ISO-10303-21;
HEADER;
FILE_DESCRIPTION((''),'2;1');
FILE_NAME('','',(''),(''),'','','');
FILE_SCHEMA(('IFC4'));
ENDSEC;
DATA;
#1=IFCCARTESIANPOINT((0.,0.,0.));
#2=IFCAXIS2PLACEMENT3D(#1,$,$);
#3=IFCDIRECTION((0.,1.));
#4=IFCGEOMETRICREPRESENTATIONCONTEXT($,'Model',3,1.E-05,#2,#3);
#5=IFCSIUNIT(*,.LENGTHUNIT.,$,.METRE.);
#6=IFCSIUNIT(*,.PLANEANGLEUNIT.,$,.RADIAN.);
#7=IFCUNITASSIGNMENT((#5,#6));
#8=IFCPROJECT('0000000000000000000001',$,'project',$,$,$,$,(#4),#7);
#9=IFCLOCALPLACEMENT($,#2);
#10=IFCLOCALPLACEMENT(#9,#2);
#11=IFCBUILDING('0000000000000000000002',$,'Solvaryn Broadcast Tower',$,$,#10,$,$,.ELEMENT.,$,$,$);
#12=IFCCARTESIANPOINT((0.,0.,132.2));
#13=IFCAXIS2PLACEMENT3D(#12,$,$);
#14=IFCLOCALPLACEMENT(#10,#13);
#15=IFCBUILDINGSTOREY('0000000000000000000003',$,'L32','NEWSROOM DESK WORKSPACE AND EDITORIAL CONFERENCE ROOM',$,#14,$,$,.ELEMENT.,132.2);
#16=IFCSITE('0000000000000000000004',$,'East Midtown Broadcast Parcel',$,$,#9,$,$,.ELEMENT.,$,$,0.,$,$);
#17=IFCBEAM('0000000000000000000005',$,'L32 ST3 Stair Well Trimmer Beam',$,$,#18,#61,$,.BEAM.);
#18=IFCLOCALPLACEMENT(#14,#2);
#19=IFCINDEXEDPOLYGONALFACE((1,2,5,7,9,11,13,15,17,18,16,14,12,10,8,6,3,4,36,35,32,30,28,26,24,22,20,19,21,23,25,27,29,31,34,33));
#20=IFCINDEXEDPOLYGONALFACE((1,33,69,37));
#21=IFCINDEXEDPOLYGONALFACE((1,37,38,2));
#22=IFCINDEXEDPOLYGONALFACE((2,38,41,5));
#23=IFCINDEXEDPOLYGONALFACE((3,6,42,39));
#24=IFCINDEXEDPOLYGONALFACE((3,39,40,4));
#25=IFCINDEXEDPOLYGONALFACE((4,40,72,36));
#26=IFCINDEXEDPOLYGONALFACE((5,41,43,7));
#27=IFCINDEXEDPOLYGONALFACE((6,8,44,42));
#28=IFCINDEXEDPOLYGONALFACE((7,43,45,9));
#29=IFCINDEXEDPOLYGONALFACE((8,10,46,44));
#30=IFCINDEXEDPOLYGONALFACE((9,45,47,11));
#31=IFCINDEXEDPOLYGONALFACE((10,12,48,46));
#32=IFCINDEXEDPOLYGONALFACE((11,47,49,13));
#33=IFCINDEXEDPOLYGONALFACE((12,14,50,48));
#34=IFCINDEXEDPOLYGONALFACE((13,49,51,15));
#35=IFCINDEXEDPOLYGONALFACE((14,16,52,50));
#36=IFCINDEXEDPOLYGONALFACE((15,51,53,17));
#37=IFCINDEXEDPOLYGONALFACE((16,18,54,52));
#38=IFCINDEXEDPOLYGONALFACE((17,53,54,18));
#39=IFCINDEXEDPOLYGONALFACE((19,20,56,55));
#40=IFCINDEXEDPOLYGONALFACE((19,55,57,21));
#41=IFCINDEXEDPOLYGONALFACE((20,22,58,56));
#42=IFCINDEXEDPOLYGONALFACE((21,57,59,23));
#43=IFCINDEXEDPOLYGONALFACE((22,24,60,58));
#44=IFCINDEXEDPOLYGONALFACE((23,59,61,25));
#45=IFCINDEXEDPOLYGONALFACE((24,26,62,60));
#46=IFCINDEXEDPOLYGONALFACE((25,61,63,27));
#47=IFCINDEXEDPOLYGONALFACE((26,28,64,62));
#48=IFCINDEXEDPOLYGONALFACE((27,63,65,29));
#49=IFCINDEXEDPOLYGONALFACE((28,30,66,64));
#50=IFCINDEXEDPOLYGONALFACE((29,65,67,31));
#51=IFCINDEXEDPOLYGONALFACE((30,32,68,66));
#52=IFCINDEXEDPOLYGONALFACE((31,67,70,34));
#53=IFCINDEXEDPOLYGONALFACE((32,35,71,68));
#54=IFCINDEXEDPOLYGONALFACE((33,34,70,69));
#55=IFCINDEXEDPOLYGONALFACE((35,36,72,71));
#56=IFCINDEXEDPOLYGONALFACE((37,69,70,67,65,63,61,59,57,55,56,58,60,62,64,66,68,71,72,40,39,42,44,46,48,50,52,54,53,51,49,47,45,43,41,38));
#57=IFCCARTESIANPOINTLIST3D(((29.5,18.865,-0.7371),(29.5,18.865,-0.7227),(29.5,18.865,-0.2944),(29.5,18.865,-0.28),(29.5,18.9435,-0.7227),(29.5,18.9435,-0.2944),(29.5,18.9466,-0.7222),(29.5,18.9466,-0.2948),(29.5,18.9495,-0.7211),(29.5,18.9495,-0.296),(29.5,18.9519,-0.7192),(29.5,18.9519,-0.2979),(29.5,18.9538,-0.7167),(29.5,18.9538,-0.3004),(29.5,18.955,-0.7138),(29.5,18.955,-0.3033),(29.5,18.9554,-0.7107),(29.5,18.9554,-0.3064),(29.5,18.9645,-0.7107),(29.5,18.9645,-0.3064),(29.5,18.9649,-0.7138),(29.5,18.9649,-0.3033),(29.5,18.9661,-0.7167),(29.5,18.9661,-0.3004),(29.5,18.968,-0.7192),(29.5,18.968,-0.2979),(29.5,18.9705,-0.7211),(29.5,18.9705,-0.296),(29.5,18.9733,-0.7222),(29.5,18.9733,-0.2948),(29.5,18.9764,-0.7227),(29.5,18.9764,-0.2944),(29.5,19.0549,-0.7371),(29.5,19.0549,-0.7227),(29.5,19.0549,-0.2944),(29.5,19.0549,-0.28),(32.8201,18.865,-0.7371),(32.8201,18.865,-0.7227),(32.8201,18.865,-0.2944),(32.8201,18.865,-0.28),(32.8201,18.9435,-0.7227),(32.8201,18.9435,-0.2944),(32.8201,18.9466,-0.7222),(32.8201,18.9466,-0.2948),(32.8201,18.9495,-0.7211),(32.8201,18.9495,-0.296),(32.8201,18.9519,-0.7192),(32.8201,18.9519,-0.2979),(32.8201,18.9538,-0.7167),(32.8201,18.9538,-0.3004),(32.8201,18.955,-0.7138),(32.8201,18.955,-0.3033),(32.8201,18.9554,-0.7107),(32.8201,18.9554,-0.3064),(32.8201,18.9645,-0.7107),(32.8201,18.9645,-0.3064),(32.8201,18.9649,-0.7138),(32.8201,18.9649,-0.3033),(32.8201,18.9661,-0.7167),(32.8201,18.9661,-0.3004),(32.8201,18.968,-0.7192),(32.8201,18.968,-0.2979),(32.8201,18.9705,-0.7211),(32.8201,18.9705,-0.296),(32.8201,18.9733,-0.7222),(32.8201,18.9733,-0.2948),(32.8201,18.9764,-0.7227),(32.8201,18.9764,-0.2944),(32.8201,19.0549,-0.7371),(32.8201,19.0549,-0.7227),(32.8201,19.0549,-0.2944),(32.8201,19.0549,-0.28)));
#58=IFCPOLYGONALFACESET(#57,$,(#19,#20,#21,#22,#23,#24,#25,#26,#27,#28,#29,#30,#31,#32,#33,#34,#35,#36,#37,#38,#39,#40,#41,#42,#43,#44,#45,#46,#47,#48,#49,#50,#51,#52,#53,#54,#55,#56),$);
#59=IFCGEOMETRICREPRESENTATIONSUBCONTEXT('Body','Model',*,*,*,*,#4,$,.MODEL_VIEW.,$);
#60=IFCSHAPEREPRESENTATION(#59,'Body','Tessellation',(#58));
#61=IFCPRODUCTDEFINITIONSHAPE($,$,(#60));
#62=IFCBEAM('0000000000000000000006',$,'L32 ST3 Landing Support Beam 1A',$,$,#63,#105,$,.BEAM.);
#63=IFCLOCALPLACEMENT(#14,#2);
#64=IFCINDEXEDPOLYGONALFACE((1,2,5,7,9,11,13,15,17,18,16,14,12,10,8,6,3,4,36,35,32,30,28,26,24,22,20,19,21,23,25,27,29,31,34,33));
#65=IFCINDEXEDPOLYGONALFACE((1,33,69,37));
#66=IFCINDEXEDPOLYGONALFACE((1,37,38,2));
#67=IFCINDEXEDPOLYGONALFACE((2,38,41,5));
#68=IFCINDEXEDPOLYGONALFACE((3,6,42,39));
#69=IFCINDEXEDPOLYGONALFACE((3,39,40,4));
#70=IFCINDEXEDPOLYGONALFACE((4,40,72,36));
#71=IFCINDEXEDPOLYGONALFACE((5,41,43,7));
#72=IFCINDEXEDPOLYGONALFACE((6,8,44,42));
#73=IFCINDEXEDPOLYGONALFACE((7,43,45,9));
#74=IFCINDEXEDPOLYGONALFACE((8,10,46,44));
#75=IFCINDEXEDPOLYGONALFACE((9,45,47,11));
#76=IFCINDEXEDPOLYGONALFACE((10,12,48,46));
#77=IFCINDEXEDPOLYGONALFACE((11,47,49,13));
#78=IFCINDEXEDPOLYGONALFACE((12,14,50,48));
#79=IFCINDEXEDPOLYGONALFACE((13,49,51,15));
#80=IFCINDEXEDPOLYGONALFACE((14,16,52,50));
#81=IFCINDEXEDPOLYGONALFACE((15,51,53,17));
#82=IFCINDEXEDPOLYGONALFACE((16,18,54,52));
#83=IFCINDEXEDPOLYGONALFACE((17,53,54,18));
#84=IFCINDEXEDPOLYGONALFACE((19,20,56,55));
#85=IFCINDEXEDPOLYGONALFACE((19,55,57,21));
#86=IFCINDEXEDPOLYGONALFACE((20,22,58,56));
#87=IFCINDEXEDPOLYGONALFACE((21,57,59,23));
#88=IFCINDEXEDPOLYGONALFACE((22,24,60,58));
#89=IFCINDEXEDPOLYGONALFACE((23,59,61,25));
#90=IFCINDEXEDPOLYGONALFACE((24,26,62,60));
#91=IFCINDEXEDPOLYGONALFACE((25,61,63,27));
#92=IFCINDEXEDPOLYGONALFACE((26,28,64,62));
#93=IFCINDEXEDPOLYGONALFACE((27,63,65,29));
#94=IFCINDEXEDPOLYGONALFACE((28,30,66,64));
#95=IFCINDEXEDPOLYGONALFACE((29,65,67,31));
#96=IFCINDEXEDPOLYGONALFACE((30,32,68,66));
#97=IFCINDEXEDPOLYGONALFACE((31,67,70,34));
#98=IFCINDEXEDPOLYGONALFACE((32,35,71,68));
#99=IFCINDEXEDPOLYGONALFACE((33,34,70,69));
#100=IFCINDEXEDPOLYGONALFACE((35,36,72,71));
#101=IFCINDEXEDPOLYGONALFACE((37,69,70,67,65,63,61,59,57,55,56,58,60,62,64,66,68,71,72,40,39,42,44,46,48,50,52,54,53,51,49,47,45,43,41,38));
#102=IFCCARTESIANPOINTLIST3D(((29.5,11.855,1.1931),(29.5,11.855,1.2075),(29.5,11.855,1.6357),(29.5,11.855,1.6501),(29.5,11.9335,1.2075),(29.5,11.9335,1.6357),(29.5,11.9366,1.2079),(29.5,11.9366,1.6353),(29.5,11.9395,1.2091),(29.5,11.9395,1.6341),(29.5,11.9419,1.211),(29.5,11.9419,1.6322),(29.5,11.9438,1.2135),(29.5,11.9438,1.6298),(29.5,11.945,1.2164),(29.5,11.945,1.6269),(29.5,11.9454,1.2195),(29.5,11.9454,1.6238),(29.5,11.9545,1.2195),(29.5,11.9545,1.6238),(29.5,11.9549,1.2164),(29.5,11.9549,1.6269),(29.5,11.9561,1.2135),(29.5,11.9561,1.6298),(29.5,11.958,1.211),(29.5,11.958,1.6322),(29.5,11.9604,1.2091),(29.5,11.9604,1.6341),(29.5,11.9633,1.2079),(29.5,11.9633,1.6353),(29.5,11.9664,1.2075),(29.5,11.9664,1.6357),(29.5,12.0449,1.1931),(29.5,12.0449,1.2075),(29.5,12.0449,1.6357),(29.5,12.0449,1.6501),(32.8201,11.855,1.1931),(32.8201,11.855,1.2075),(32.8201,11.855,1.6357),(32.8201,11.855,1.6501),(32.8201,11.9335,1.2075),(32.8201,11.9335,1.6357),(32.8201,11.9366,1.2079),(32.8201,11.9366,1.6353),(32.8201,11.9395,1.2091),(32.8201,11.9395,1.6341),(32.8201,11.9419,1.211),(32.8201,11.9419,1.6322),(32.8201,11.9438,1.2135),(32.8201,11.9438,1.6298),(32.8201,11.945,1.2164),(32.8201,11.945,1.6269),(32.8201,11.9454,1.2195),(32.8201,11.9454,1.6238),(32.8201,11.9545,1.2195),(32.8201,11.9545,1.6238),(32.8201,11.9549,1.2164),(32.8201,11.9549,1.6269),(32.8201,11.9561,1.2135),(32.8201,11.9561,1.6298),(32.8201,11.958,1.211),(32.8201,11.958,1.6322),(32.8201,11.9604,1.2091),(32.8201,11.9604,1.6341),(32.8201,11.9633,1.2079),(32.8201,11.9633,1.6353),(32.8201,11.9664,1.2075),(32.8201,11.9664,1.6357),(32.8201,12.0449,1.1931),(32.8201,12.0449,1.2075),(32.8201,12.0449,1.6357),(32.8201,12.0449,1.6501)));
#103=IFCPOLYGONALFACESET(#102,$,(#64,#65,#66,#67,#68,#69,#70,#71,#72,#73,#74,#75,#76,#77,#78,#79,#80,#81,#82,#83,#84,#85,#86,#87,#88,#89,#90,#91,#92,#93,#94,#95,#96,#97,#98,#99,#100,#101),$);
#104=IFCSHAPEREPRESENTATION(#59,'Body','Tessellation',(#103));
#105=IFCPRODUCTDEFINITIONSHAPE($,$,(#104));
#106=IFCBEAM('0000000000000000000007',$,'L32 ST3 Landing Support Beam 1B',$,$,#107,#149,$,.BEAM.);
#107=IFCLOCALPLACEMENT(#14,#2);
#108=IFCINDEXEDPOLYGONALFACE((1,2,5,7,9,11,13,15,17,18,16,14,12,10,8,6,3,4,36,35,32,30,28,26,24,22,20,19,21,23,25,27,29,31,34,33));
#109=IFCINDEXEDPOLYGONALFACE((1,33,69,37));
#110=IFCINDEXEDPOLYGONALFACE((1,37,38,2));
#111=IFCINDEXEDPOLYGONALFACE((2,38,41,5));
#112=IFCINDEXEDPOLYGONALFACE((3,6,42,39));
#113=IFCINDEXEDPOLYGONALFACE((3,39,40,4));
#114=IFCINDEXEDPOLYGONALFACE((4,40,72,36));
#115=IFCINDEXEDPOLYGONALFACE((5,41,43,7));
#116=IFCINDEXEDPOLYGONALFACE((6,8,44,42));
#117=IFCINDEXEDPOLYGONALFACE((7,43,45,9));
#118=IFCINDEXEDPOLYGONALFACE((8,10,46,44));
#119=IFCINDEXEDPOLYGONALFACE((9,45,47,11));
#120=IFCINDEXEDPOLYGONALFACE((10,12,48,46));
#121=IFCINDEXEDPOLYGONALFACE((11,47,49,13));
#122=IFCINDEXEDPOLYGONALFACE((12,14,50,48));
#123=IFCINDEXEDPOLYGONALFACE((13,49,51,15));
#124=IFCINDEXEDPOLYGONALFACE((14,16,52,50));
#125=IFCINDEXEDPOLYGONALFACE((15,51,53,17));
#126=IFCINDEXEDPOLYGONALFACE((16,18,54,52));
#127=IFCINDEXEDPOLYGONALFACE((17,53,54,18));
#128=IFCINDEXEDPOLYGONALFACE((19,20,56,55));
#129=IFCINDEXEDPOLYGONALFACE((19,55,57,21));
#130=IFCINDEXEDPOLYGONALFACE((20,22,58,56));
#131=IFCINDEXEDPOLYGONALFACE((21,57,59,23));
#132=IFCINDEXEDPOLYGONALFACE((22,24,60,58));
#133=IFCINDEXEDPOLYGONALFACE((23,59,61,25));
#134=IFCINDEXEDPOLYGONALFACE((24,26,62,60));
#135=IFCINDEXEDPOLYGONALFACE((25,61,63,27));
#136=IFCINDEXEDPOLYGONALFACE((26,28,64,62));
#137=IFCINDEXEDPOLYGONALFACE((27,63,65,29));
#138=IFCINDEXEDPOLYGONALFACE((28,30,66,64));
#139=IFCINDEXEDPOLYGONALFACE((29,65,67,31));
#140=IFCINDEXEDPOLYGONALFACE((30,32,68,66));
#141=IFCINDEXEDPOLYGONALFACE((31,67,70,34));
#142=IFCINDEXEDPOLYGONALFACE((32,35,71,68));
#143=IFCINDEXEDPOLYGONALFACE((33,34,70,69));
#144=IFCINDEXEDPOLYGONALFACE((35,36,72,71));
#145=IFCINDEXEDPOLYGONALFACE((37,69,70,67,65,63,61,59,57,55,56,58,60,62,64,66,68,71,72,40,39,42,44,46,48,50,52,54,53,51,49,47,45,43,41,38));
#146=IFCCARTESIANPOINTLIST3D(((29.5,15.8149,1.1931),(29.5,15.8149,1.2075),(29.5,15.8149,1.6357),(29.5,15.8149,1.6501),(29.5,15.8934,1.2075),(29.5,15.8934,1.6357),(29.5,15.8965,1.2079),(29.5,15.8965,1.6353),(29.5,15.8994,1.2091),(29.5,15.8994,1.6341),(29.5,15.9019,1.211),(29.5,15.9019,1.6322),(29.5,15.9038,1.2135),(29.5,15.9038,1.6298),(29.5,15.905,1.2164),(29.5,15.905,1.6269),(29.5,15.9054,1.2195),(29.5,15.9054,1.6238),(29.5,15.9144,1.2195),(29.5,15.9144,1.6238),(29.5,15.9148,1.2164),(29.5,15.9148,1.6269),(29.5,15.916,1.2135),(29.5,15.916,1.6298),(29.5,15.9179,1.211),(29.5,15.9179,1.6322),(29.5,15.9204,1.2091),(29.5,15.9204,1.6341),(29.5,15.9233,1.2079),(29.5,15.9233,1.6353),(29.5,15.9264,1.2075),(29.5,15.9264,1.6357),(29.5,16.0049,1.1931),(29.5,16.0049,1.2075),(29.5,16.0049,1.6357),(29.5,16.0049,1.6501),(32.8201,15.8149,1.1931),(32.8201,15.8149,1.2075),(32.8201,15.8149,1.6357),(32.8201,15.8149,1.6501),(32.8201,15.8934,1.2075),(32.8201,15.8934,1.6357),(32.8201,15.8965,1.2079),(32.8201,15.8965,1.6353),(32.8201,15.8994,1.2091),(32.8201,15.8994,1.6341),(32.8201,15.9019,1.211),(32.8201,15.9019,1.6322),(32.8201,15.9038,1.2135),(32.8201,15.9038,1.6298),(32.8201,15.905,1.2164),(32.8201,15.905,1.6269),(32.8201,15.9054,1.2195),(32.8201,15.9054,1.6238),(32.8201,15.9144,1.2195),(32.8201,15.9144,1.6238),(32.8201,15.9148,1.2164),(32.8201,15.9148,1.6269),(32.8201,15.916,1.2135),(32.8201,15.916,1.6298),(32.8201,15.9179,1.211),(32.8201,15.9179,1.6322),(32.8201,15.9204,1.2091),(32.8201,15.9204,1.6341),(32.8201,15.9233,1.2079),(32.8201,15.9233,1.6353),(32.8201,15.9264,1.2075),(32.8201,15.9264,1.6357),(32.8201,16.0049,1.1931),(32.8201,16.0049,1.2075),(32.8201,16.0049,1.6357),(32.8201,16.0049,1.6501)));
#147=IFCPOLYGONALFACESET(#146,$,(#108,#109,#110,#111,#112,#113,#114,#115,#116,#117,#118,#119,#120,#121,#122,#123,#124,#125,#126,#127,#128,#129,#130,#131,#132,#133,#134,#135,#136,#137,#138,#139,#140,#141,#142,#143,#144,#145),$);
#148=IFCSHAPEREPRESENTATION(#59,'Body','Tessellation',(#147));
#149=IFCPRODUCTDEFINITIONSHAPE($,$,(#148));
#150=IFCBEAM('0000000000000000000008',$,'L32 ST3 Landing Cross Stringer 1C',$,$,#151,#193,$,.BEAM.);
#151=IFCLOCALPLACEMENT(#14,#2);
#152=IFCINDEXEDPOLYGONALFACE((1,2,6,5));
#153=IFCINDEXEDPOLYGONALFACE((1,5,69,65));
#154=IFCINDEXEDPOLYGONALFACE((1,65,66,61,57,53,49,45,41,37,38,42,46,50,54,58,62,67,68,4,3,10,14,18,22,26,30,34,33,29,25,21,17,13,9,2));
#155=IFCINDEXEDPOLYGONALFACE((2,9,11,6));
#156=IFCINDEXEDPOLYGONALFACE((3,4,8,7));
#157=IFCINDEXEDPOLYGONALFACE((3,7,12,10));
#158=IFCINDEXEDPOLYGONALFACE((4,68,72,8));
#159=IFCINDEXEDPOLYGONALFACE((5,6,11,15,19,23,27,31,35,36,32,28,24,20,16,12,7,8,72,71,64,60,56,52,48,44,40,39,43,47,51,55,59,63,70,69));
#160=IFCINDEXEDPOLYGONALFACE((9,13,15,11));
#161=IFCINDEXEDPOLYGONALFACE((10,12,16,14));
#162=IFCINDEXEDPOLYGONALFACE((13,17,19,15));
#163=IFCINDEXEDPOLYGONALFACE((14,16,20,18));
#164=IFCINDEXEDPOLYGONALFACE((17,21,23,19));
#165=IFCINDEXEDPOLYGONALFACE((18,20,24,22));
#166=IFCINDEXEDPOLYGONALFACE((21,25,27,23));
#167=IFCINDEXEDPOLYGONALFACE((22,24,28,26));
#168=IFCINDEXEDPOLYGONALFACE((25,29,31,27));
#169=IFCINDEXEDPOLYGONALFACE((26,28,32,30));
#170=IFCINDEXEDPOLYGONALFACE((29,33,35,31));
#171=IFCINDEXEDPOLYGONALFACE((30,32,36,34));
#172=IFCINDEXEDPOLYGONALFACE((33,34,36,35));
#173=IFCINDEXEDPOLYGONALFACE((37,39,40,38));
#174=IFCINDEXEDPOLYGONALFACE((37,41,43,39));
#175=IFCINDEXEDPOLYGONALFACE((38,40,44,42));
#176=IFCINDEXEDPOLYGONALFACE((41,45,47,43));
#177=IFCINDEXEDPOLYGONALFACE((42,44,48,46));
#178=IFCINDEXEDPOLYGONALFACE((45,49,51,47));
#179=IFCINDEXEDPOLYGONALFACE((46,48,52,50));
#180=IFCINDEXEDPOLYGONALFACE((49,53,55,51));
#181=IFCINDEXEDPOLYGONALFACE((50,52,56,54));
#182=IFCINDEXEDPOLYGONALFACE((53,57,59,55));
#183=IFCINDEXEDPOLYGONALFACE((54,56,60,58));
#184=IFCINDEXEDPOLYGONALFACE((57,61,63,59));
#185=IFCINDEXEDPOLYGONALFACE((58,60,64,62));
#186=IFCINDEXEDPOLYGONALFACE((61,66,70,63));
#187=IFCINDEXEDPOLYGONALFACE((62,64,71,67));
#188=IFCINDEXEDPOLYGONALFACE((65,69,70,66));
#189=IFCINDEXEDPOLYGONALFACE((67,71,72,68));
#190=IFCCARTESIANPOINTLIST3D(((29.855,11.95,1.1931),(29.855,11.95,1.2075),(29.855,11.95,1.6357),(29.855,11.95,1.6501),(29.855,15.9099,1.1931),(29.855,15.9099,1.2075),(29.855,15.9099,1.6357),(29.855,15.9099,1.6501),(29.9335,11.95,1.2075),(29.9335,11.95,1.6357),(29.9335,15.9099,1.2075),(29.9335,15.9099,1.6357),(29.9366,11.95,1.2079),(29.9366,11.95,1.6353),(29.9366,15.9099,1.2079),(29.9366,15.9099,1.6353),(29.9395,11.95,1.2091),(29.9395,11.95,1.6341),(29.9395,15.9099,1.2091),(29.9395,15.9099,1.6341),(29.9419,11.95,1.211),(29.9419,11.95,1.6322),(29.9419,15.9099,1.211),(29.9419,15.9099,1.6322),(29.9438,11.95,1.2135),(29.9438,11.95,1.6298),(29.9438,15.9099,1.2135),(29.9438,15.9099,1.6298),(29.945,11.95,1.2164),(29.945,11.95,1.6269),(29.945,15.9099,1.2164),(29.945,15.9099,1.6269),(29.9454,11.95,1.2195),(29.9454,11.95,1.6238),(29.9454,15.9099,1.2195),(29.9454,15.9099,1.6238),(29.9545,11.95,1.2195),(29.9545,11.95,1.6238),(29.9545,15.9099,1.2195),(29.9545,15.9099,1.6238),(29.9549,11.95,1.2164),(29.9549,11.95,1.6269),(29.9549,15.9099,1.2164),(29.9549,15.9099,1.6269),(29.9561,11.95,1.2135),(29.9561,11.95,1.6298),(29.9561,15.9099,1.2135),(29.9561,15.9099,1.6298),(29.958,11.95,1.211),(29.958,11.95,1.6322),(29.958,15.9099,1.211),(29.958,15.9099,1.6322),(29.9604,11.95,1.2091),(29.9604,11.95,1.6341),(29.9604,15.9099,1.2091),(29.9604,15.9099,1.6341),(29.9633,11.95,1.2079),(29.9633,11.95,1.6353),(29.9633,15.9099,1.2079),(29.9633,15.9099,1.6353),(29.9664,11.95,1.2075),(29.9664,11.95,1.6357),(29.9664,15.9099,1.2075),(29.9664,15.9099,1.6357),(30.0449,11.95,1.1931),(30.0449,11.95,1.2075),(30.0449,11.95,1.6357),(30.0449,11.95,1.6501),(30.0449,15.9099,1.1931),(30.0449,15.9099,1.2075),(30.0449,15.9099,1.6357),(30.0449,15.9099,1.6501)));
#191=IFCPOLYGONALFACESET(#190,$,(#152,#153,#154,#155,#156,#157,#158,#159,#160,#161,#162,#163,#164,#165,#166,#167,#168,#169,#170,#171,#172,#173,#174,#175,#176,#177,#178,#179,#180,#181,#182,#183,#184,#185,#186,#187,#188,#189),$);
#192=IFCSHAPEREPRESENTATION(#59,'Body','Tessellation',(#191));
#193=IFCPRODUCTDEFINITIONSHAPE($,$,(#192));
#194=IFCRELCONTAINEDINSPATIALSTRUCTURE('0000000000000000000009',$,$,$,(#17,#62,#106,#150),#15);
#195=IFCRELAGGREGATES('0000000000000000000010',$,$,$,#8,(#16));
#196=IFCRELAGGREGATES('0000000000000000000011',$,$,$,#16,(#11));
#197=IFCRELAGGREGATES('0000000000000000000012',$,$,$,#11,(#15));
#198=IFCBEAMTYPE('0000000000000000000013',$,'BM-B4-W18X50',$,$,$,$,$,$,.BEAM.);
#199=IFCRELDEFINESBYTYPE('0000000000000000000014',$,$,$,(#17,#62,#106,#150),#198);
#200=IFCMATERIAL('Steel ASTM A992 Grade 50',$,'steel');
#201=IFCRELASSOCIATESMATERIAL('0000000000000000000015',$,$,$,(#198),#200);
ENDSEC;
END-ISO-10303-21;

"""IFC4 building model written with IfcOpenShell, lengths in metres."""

from ifc_helpers import new_model, si_unit, direction, frame, origin, origin_2d, place, context, subcontext, project, spatial, i_section, extrude, material, material_profile, profile_set, type_object, element, save


model = new_model("IFC4")

# Units and contexts
model_context = context("Model", 3, precision=1e-05, world=origin(), true_north=direction((0.0, 1.0)))
body_context = subcontext(model_context, "Body", "Model", "MODEL_VIEW")
ifc_project = project(units=[si_unit("LENGTHUNIT", "METRE"), si_unit("PLANEANGLEUNIT", "RADIAN")], contexts=[model_context])

# Site, building, storey
site_placement = place(None, origin())
site = spatial("IfcSite", under=ifc_project, at=site_placement, Name="East Midtown Broadcast Parcel", CompositionType="ELEMENT", RefElevation=0.0)
building_placement = place(site_placement, origin())
building = spatial("IfcBuilding", under=site, at=building_placement, Name="Solvaryn Broadcast Tower", CompositionType="ELEMENT")
storey_placement = place(building_placement, frame((0.0, 0.0, 132.2)))
storey = spatial("IfcBuildingStorey", under=building, at=storey_placement, Name="L32", Description="NEWSROOM DESK WORKSPACE AND EDITORIAL CONFERENCE ROOM", CompositionType="ELEMENT", Elevation=132.2)

# Beams
ifc_material_1 = material(Name="Steel ASTM A992 Grade 50", Category="steel")
ifc_material_profile_1 = material_profile(ifc_material_1, i_section(OverallWidth=0.1899, OverallDepth=0.457, WebThickness=0.009, FlangeThickness=0.0144, FilletRadius=0.012, at=origin_2d()))
ifc_profile_set_1 = profile_set([ifc_material_profile_1], Name="Steel ASTM A992 Grade 50")
beam_type_1 = type_object("IfcBeamType", Name="BM-B4-W18X50", PredefinedType="BEAM", material=ifc_profile_set_1)
for number, where, z_axis, x_axis, name in (
    (1, (29.5, 18.96, -0.5085), (1.0, 0.0, 0.0), (0.0, 1.0, 0.0), "L32 ST3 Stair Well Trimmer Beam"),
    (2, (29.5, 11.95, 1.4216), (1.0, 0.0, 0.0), (0.0, 1.0, 0.0), "L32 ST3 Landing Support Beam 1A"),
    (3, (29.5, 15.9099, 1.4216), (1.0, 0.0, 0.0), (0.0, 1.0, 0.0), "L32 ST3 Landing Support Beam 1B"),
):
    element("IfcBeam", number, at=place(storey_placement, frame(where, z_axis=z_axis, x_axis=x_axis)), inside=storey, type_object=beam_type_1, Name=name, PredefinedType="BEAM", context=body_context, shape_type="SweptSolid", body=[
        extrude(i_section(OverallWidth=0.1899, OverallDepth=0.457, WebThickness=0.009, FlangeThickness=0.0144, FilletRadius=0.012, at=origin_2d()), origin(), (0.0, 0.0, 1.0), 3.3201),
    ])
beam_1_placement = place(storey_placement, frame((29.95, 11.95, 1.4216), z_axis=(0.0, 1.0, 0.0), x_axis=(-1.0, 0.0, 0.0)))
element("IfcBeam", 4, at=beam_1_placement, inside=storey, type_object=beam_type_1, Name="L32 ST3 Landing Cross Stringer 1C", PredefinedType="BEAM", context=body_context, shape_type="SweptSolid", body=[
    extrude(i_section(OverallWidth=0.1899, OverallDepth=0.457, WebThickness=0.009, FlangeThickness=0.0144, FilletRadius=0.012, at=origin_2d()), origin(), (0.0, 0.0, 1.0), 3.96),
])

save(model, "model.ifc")
